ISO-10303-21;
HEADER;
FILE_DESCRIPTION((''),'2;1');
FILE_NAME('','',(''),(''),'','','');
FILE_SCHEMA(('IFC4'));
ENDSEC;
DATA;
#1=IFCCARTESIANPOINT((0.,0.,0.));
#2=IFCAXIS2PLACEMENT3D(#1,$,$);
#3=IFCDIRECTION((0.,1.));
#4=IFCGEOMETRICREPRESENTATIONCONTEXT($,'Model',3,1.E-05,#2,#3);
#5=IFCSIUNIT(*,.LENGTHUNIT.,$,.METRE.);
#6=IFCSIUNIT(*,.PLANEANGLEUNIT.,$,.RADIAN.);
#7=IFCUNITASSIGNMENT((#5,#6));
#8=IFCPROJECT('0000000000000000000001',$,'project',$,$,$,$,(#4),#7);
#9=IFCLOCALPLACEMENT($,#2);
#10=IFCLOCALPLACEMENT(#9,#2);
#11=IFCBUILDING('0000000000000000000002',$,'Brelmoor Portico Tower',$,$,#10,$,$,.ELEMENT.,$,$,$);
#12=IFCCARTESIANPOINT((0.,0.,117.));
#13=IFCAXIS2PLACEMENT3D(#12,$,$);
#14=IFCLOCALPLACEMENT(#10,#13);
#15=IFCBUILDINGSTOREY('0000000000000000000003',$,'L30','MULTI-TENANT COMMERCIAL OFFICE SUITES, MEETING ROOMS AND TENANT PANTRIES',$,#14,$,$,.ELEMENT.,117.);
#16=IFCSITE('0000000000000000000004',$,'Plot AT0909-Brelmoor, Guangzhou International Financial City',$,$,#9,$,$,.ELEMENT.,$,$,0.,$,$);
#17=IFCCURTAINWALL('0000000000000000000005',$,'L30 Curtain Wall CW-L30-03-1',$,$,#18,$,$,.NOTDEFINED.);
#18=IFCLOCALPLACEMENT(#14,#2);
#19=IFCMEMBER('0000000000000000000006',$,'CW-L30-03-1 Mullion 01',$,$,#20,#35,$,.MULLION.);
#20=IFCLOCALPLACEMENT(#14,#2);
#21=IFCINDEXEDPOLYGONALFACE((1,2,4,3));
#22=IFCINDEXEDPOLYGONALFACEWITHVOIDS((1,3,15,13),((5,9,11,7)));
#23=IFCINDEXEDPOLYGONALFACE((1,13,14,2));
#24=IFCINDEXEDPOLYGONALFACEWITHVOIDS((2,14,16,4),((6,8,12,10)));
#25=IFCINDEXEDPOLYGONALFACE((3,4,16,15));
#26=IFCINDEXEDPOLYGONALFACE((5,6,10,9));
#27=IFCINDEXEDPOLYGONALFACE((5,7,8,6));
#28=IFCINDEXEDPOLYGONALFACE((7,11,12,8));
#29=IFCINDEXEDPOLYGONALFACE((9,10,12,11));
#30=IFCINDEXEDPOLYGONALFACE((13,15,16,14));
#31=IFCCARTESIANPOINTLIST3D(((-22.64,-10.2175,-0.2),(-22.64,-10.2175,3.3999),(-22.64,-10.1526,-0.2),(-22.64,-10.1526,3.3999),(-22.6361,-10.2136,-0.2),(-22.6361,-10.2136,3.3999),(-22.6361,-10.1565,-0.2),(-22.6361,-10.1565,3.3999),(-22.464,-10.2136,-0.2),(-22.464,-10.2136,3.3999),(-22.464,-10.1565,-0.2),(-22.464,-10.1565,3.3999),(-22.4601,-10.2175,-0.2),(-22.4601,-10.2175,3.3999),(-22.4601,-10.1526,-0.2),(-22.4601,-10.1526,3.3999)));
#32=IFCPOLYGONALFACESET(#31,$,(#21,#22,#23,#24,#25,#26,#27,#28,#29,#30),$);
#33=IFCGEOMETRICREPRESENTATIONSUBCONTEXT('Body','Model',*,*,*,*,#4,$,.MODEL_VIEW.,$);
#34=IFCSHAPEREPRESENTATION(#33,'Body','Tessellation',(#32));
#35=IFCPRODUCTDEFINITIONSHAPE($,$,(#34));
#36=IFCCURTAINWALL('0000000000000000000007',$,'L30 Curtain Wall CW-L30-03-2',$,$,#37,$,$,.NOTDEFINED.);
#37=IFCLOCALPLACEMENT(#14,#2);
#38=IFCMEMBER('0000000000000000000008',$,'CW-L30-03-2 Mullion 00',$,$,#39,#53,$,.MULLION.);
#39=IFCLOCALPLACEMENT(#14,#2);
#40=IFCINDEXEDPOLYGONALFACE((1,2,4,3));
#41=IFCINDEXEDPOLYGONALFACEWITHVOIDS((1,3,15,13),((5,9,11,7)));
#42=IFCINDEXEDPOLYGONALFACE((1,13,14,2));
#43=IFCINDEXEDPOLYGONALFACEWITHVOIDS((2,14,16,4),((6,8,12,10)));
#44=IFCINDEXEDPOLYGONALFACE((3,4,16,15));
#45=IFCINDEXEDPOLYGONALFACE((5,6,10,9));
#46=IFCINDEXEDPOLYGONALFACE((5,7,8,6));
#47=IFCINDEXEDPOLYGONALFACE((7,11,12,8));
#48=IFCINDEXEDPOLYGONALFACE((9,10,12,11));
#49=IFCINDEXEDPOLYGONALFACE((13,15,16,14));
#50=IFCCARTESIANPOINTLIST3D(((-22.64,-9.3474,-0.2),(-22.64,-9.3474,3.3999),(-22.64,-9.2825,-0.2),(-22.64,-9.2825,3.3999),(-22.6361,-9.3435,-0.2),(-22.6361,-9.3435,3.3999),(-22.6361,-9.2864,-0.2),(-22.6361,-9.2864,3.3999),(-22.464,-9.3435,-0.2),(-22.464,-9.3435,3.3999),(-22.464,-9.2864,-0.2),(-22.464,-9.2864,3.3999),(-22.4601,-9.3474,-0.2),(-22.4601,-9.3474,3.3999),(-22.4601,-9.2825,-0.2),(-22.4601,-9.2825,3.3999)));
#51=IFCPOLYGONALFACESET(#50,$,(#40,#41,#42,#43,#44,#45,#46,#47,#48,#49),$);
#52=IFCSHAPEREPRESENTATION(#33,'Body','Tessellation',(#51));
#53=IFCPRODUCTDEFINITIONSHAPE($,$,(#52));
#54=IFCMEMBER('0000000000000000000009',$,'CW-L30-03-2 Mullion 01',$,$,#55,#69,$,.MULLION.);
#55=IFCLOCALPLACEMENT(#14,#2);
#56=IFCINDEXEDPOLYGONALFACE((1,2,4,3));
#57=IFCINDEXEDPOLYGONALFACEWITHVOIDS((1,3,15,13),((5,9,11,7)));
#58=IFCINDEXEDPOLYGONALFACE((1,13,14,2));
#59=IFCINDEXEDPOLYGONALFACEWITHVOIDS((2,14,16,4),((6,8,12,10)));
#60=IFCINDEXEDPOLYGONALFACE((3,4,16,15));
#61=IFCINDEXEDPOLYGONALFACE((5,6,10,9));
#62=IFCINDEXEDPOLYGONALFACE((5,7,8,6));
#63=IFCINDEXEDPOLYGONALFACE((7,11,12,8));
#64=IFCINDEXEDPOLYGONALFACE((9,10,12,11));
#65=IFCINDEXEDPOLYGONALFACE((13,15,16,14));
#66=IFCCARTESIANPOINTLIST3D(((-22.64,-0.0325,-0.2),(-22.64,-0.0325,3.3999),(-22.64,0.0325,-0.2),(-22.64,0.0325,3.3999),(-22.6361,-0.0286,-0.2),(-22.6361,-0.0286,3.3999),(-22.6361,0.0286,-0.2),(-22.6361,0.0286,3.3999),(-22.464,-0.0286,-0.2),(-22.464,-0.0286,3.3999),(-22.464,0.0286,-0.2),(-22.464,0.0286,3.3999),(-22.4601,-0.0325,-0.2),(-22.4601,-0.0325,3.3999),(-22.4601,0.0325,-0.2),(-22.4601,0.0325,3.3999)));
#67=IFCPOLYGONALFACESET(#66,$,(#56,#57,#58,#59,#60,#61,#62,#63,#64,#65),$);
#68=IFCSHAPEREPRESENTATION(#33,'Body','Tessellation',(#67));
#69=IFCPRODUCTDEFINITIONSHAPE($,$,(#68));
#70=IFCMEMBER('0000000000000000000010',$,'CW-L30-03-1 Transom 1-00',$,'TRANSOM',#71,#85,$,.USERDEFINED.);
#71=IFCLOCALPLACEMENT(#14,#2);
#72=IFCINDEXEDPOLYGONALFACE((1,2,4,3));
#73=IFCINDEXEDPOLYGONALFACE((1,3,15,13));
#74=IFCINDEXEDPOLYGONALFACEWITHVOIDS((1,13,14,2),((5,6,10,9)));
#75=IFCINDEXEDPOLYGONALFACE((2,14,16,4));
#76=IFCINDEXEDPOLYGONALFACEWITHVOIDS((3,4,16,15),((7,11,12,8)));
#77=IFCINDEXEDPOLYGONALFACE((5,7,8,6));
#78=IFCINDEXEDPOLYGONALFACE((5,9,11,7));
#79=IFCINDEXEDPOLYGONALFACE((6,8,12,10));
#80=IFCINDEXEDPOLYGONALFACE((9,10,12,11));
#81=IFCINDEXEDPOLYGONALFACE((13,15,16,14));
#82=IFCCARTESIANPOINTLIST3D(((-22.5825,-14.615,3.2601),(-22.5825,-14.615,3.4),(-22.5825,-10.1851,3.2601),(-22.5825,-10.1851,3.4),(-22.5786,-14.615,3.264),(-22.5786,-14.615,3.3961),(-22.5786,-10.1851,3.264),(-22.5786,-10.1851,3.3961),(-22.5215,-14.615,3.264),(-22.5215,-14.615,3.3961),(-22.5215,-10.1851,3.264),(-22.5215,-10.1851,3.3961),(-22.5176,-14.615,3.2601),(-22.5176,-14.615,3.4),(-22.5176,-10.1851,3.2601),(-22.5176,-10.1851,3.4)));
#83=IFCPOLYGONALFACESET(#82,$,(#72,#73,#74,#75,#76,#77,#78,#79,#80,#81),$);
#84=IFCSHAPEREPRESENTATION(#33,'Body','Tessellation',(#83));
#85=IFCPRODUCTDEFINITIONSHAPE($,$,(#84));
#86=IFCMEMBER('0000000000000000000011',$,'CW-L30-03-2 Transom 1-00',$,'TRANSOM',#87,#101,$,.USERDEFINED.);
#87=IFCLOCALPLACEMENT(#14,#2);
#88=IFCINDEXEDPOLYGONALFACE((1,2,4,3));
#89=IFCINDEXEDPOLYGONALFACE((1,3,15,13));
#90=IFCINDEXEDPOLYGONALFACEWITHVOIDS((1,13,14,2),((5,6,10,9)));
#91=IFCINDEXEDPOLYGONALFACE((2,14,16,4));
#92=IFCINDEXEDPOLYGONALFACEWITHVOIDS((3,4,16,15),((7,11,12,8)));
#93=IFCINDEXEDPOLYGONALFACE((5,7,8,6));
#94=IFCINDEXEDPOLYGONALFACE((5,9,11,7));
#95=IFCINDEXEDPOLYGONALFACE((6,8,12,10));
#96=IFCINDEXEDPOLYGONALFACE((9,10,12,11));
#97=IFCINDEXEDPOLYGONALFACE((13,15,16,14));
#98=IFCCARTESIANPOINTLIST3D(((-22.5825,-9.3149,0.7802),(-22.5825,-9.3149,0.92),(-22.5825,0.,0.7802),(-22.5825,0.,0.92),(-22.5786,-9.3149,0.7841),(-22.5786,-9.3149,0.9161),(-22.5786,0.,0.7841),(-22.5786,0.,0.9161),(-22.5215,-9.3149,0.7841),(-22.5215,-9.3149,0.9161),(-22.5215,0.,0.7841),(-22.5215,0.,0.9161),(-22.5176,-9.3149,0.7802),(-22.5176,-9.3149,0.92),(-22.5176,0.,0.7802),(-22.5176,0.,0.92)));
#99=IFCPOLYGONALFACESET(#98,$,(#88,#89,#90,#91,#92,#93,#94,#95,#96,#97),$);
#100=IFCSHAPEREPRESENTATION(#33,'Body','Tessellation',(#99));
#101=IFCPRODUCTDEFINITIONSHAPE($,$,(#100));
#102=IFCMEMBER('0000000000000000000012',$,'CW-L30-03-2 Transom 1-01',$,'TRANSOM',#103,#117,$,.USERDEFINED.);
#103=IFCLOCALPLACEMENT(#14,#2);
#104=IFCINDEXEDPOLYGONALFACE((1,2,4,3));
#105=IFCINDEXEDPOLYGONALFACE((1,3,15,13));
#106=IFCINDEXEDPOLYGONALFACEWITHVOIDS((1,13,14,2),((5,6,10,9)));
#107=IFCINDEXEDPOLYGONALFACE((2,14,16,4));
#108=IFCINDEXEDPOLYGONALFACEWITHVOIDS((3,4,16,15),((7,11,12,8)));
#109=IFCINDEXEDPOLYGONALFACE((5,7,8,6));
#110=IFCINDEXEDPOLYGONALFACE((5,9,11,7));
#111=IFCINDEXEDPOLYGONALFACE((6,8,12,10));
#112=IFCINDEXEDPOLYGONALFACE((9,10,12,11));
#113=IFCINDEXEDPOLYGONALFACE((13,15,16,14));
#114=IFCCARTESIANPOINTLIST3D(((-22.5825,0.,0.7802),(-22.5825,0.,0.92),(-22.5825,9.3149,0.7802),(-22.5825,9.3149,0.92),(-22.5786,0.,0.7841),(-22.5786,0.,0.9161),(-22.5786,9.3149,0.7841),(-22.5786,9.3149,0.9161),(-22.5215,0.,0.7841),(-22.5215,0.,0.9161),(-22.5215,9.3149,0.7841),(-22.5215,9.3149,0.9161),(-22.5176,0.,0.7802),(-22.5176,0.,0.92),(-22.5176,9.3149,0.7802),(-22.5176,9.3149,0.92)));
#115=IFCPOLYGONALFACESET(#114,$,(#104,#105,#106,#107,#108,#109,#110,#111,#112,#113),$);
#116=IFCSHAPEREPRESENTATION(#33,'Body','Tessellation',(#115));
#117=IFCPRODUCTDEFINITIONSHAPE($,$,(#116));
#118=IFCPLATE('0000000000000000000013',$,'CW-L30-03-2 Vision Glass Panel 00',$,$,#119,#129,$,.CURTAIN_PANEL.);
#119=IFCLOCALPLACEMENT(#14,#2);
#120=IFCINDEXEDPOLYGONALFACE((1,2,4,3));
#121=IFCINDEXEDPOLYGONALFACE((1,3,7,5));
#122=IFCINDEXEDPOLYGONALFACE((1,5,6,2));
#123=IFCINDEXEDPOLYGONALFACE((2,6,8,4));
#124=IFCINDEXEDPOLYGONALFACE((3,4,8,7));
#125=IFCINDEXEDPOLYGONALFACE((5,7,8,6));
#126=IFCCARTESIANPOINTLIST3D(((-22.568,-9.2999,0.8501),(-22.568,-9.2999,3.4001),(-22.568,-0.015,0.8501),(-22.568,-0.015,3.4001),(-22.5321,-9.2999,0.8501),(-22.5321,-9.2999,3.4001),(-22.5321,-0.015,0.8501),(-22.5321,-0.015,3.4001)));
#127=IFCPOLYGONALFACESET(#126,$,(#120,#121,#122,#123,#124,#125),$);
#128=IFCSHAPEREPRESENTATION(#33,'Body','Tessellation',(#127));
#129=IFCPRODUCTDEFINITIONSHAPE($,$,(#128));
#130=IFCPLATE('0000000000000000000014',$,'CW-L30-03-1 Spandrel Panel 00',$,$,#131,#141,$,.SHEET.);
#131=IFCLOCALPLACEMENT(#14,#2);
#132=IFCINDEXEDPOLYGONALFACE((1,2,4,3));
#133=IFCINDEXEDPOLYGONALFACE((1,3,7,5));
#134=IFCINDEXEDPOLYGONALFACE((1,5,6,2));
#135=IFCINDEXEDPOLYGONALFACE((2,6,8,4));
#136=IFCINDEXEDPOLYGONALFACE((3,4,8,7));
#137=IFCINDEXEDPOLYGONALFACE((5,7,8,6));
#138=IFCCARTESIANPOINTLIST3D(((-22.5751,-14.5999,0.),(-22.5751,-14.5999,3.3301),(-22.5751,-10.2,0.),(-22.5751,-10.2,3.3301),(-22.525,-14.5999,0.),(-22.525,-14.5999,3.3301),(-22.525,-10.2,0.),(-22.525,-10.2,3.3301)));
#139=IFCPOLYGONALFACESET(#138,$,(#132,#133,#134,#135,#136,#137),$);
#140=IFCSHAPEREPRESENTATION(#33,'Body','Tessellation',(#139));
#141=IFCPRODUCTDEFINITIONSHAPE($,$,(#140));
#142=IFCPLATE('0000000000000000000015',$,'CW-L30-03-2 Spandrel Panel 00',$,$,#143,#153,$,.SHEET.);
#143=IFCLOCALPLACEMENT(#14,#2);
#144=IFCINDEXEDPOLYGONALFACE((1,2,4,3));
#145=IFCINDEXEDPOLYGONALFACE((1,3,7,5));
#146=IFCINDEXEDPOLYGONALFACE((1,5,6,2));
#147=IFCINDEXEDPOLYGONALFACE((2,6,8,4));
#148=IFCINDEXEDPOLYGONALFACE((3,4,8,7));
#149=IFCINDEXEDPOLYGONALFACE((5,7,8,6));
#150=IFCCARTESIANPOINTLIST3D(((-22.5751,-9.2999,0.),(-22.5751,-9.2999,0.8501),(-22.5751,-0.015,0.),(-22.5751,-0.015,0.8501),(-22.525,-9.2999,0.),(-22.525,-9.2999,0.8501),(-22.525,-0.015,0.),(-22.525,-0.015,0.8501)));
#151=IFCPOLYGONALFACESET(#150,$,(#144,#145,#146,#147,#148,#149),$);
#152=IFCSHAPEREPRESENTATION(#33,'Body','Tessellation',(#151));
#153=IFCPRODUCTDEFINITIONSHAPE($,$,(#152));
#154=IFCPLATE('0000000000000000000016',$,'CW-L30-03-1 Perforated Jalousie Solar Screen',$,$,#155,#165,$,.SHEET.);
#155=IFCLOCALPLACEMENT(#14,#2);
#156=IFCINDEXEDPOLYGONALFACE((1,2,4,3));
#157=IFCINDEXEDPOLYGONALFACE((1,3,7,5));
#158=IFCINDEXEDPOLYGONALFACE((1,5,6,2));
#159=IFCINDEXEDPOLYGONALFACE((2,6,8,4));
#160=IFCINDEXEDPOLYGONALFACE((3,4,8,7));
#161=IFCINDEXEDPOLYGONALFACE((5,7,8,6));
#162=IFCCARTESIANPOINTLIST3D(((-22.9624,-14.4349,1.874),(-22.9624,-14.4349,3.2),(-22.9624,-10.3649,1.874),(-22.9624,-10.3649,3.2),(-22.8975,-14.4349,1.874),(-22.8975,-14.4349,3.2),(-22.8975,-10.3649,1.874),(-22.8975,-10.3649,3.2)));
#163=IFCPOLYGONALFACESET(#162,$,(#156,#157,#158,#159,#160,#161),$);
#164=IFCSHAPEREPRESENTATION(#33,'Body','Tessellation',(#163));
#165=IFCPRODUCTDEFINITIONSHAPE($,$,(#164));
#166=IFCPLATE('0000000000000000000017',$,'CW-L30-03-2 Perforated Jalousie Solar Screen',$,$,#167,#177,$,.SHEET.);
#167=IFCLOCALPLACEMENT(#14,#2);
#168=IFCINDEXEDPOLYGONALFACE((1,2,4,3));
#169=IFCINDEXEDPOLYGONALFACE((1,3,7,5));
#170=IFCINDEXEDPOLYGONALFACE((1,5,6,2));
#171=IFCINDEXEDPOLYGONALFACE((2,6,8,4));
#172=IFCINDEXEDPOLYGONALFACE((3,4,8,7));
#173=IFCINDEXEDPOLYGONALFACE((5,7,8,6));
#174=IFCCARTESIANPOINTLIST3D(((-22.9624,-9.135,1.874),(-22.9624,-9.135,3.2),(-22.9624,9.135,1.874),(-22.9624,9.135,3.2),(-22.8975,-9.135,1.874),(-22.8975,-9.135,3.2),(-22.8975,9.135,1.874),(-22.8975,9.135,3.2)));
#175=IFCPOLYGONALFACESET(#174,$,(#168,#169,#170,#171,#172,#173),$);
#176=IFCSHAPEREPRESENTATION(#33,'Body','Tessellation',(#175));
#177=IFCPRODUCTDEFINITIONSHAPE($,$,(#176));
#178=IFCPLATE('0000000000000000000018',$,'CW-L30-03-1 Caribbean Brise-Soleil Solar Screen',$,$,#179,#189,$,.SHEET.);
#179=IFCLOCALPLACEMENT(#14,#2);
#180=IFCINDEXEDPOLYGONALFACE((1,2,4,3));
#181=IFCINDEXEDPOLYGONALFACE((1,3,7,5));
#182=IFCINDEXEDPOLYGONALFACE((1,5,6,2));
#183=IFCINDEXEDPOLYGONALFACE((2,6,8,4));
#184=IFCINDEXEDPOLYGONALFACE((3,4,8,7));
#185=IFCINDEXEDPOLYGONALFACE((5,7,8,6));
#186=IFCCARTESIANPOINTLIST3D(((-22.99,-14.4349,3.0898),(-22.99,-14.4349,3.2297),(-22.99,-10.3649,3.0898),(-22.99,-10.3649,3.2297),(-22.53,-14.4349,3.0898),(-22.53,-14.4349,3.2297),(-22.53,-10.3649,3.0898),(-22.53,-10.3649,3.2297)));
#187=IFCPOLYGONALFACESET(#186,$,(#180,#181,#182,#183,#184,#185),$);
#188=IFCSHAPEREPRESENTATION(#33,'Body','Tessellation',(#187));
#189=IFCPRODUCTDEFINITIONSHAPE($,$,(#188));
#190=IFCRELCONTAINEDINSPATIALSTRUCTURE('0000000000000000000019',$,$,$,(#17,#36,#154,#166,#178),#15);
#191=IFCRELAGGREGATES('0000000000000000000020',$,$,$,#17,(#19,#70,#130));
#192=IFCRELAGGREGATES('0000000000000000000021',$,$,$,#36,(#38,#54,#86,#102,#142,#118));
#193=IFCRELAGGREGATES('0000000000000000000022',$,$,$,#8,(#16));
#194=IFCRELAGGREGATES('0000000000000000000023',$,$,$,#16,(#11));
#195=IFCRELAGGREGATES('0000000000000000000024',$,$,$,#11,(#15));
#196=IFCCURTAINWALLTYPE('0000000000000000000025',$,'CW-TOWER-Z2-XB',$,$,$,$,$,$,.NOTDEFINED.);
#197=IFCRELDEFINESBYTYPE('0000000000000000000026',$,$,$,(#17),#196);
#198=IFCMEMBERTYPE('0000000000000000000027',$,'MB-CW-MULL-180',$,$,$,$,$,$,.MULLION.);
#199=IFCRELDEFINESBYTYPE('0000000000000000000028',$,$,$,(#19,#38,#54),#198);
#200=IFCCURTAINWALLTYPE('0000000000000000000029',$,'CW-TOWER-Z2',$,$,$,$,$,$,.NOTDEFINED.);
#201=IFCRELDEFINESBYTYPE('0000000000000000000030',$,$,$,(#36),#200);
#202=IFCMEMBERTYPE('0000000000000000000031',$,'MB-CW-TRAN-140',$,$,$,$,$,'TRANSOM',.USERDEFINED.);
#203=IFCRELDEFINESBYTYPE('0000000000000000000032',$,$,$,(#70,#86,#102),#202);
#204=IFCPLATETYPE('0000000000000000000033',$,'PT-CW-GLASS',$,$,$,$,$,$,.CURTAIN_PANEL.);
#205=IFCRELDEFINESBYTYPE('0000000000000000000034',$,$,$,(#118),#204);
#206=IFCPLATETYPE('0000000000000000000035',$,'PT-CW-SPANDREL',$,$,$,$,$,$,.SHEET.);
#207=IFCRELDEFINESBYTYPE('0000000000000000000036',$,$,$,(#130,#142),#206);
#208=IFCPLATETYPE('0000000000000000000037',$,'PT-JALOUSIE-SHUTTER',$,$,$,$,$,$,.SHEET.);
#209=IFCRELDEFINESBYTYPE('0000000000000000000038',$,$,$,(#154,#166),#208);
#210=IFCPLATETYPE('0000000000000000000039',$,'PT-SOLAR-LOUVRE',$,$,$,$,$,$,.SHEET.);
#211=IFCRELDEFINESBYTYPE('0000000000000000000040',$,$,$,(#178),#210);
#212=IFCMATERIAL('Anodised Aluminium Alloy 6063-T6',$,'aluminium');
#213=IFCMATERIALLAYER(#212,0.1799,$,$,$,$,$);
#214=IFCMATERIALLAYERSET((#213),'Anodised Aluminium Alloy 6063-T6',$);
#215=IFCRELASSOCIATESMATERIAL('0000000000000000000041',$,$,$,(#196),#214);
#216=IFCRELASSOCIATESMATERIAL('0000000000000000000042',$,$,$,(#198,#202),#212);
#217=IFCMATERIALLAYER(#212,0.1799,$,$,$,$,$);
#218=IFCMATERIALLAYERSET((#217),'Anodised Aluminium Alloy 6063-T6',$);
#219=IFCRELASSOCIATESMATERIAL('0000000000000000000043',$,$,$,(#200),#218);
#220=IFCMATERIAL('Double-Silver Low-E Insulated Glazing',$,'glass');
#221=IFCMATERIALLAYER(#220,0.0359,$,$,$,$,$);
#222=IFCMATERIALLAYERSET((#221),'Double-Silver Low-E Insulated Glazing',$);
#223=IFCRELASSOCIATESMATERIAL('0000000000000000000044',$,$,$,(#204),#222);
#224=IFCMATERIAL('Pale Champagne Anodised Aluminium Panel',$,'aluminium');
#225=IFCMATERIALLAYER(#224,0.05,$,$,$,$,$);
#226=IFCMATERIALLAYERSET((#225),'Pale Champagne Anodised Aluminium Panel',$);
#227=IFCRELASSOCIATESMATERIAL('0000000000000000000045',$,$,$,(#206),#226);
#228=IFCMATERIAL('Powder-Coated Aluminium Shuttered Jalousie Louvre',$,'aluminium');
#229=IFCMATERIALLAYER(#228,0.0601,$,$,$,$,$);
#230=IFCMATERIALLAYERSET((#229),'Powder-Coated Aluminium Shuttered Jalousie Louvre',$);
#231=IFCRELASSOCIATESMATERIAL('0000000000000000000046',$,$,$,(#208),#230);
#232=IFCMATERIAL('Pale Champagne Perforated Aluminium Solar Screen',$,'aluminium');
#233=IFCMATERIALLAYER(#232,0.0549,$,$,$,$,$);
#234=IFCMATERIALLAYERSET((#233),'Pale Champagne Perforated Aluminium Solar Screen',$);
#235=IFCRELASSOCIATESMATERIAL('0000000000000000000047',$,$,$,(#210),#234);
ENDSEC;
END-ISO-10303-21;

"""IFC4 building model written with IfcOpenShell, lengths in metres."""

from ifc_helpers import new_model, si_unit, direction, frame, origin, origin_2d, place, context, subcontext, project, spatial, rectangle, hollow_rectangle, extrude, material, layer, layer_set, material_profile, profile_set, type_object, element, aggregate, save


model = new_model("IFC4")

# Units and contexts
model_context = context("Model", 3, precision=1e-05, world=origin(), true_north=direction((0.0, 1.0)))
body_context = subcontext(model_context, "Body", "Model", "MODEL_VIEW")
ifc_project = project(units=[si_unit("LENGTHUNIT", "METRE"), si_unit("PLANEANGLEUNIT", "RADIAN")], contexts=[model_context])

# Site, building, storey
site_placement = place(None, origin())
site = spatial("IfcSite", under=ifc_project, at=site_placement, Name="Plot AT0909-Brelmoor, Guangzhou International Financial City", CompositionType="ELEMENT", RefElevation=0.0)
building_placement = place(site_placement, origin())
building = spatial("IfcBuilding", under=site, at=building_placement, Name="Brelmoor Portico Tower", CompositionType="ELEMENT")
storey_placement = place(building_placement, frame((0.0, 0.0, 117.0)))
storey = spatial("IfcBuildingStorey", under=building, at=storey_placement, Name="L30", Description="MULTI-TENANT COMMERCIAL OFFICE SUITES, MEETING ROOMS AND TENANT PANTRIES", CompositionType="ELEMENT", Elevation=117.0)

# Shared definitions
ifc_material_1 = material(Name="Anodised Aluminium Alloy 6063-T6", Category="aluminium")

# Curtain walls, members
ifc_layer_1 = layer(ifc_material_1, 0.1799)
ifc_layer_set_1 = layer_set([ifc_layer_1], Name="Anodised Aluminium Alloy 6063-T6")
curtain_wall_type_1 = type_object("IfcCurtainWallType", Name="CW-TOWER-Z2-XB", PredefinedType="NOTDEFINED", material=ifc_layer_set_1)
curtain_wall_1_placement = place(storey_placement, origin())
curtain_wall_1 = element("IfcCurtainWall", 1, at=curtain_wall_1_placement, inside=storey, type_object=curtain_wall_type_1, Name="L30 Curtain Wall CW-L30-03-1", PredefinedType="NOTDEFINED")
ifc_material_profile_1 = material_profile(ifc_material_1, hollow_rectangle(XDim=0.0649, YDim=0.1799, WallThickness=0.0039, at=origin_2d()), Name="ALU MULLION 65x180")
ifc_profile_set_1 = profile_set([ifc_material_profile_1], Name="Anodised Aluminium Alloy 6063-T6")
member_type_1 = type_object("IfcMemberType", Name="MB-CW-MULL-180", PredefinedType="MULLION", material=ifc_profile_set_1)
member_1_placement = place(storey_placement, frame((-22.55, -10.1851, -0.2), z_axis=(0.0, 0.0, 1.0), x_axis=(0.0, 1.0, 0.0)))
member_1 = element("IfcMember", 2, at=member_1_placement, type_object=member_type_1, Name="CW-L30-03-1 Mullion 01", PredefinedType="MULLION", context=body_context, shape_type="SweptSolid", body=[
    extrude(hollow_rectangle(XDim=0.0649, YDim=0.1799, WallThickness=0.0039, at=origin_2d()), origin(), (0.0, 0.0, 1.0), 3.5999),
])
ifc_layer_2 = layer(ifc_material_1, 0.1799)
ifc_layer_set_2 = layer_set([ifc_layer_2], Name="Anodised Aluminium Alloy 6063-T6")
curtain_wall_type_2 = type_object("IfcCurtainWallType", Name="CW-TOWER-Z2", PredefinedType="NOTDEFINED", material=ifc_layer_set_2)
curtain_wall_2_placement = place(storey_placement, origin())
curtain_wall_2 = element("IfcCurtainWall", 3, at=curtain_wall_2_placement, inside=storey, type_object=curtain_wall_type_2, Name="L30 Curtain Wall CW-L30-03-2", PredefinedType="NOTDEFINED")
member_2_placement = place(storey_placement, frame((-22.55, -9.3149, -0.2), z_axis=(0.0, 0.0, 1.0), x_axis=(0.0, 1.0, 0.0)))
member_2 = element("IfcMember", 4, at=member_2_placement, type_object=member_type_1, Name="CW-L30-03-2 Mullion 00", PredefinedType="MULLION", context=body_context, shape_type="SweptSolid", body=[
    extrude(hollow_rectangle(XDim=0.0649, YDim=0.1799, WallThickness=0.0039, at=origin_2d()), origin(), (0.0, 0.0, 1.0), 3.5999),
])
member_3_placement = place(storey_placement, frame((-22.55, 0.0, -0.2), z_axis=(0.0, 0.0, 1.0), x_axis=(0.0, 1.0, 0.0)))
member_3 = element("IfcMember", 5, at=member_3_placement, type_object=member_type_1, Name="CW-L30-03-2 Mullion 01", PredefinedType="MULLION", context=body_context, shape_type="SweptSolid", body=[
    extrude(hollow_rectangle(XDim=0.0649, YDim=0.1799, WallThickness=0.0039, at=origin_2d()), origin(), (0.0, 0.0, 1.0), 3.5999),
])

# Members
ifc_material_profile_2 = material_profile(ifc_material_1, hollow_rectangle(XDim=0.0649, YDim=0.1399, WallThickness=0.0039, at=origin_2d()), Name="ALU TRANSOM 65x140")
ifc_profile_set_2 = profile_set([ifc_material_profile_2], Name="Anodised Aluminium Alloy 6063-T6")
member_type_2 = type_object("IfcMemberType", Name="MB-CW-TRAN-140", ElementType="TRANSOM", PredefinedType="USERDEFINED", material=ifc_profile_set_2)
member_4_placement = place(storey_placement, frame((-22.55, -14.615, 3.3301), z_axis=(0.0, 1.0, 0.0), x_axis=(-1.0, 0.0, 0.0)))
member_4 = element("IfcMember", 6, at=member_4_placement, type_object=member_type_2, Name="CW-L30-03-1 Transom 1-00", ObjectType="TRANSOM", PredefinedType="USERDEFINED", context=body_context, shape_type="SweptSolid", body=[
    extrude(hollow_rectangle(XDim=0.0649, YDim=0.1399, WallThickness=0.0039, at=origin_2d()), origin(), (0.0, 0.0, 1.0), 4.4299),
])
member_5_placement = place(storey_placement, frame((-22.55, -9.3149, 0.8501), z_axis=(0.0, 1.0, 0.0), x_axis=(-1.0, 0.0, 0.0)))
member_5 = element("IfcMember", 7, at=member_5_placement, type_object=member_type_2, Name="CW-L30-03-2 Transom 1-00", ObjectType="TRANSOM", PredefinedType="USERDEFINED", context=body_context, shape_type="SweptSolid", body=[
    extrude(hollow_rectangle(XDim=0.0649, YDim=0.1399, WallThickness=0.0039, at=origin_2d()), origin(), (0.0, 0.0, 1.0), 9.3149),
])
member_6_placement = place(storey_placement, frame((-22.55, 0.0, 0.8501), z_axis=(0.0, 1.0, 0.0), x_axis=(-1.0, 0.0, 0.0)))
member_6 = element("IfcMember", 8, at=member_6_placement, type_object=member_type_2, Name="CW-L30-03-2 Transom 1-01", ObjectType="TRANSOM", PredefinedType="USERDEFINED", context=body_context, shape_type="SweptSolid", body=[
    extrude(hollow_rectangle(XDim=0.0649, YDim=0.1399, WallThickness=0.0039, at=origin_2d()), origin(), (0.0, 0.0, 1.0), 9.3149),
])

# Plates
ifc_material_2 = material(Name="Double-Silver Low-E Insulated Glazing", Category="glass")
ifc_layer_3 = layer(ifc_material_2, 0.0359)
ifc_layer_set_3 = layer_set([ifc_layer_3], Name="Double-Silver Low-E Insulated Glazing")
plate_type_1 = type_object("IfcPlateType", Name="PT-CW-GLASS", PredefinedType="CURTAIN_PANEL", material=ifc_layer_set_3)
plate_1_placement = place(storey_placement, frame((-22.55, -4.6575, 0.8501), z_axis=(0.0, 0.0, 1.0), x_axis=(0.0, 1.0, 0.0)))
plate_1 = element("IfcPlate", 9, at=plate_1_placement, type_object=plate_type_1, Name="CW-L30-03-2 Vision Glass Panel 00", PredefinedType="CURTAIN_PANEL", context=body_context, shape_type="SweptSolid", body=[
    extrude(rectangle(XDim=9.2849, YDim=0.0359, at=origin_2d()), origin(), (0.0, 0.0, 1.0), 2.55),
])
ifc_material_3 = material(Name="Pale Champagne Anodised Aluminium Panel", Category="aluminium")
ifc_layer_4 = layer(ifc_material_3, 0.05)
ifc_layer_set_4 = layer_set([ifc_layer_4], Name="Pale Champagne Anodised Aluminium Panel")
plate_type_2 = type_object("IfcPlateType", Name="PT-CW-SPANDREL", PredefinedType="SHEET", material=ifc_layer_set_4)
plate_2_placement = place(storey_placement, frame((-22.55, -12.3999, 0.0), z_axis=(0.0, 0.0, 1.0), x_axis=(0.0, 1.0, 0.0)))
plate_2 = element("IfcPlate", 10, at=plate_2_placement, type_object=plate_type_2, Name="CW-L30-03-1 Spandrel Panel 00", PredefinedType="SHEET", context=body_context, shape_type="SweptSolid", body=[
    extrude(rectangle(XDim=4.3999, YDim=0.05, at=origin_2d()), origin(), (0.0, 0.0, 1.0), 3.3301),
])
aggregate(curtain_wall_1, [member_1, member_4, plate_2])
plate_3_placement = place(storey_placement, frame((-22.55, -4.6575, 0.0), z_axis=(0.0, 0.0, 1.0), x_axis=(0.0, 1.0, 0.0)))
plate_3 = element("IfcPlate", 11, at=plate_3_placement, type_object=plate_type_2, Name="CW-L30-03-2 Spandrel Panel 00", PredefinedType="SHEET", context=body_context, shape_type="SweptSolid", body=[
    extrude(rectangle(XDim=9.2849, YDim=0.05, at=origin_2d()), origin(), (0.0, 0.0, 1.0), 0.8501),
])
aggregate(curtain_wall_2, [member_2, member_3, member_5, member_6, plate_3, plate_1])

# Plates
ifc_material_4 = material(Name="Powder-Coated Aluminium Shuttered Jalousie Louvre", Category="aluminium")
ifc_layer_5 = layer(ifc_material_4, 0.0601)
ifc_layer_set_5 = layer_set([ifc_layer_5], Name="Powder-Coated Aluminium Shuttered Jalousie Louvre")
plate_type_3 = type_object("IfcPlateType", Name="PT-JALOUSIE-SHUTTER", PredefinedType="SHEET", material=ifc_layer_set_5)
plate_4_placement = place(storey_placement, frame((-22.9299, -12.3999, 1.874), z_axis=(0.0, 0.0, 1.0), x_axis=(0.0, 1.0, 0.0)))
element("IfcPlate", 12, at=plate_4_placement, inside=storey, type_object=plate_type_3, Name="CW-L30-03-1 Perforated Jalousie Solar Screen", PredefinedType="SHEET", context=body_context, shape_type="SweptSolid", body=[
    extrude(rectangle(XDim=4.0701, YDim=0.0649, at=origin_2d()), origin(), (0.0, 0.0, 1.0), 1.3259),
])
plate_5_placement = place(storey_placement, frame((-22.9299, 0.0, 1.874), z_axis=(0.0, 0.0, 1.0), x_axis=(0.0, 1.0, 0.0)))
element("IfcPlate", 13, at=plate_5_placement, inside=storey, type_object=plate_type_3, Name="CW-L30-03-2 Perforated Jalousie Solar Screen", PredefinedType="SHEET", context=body_context, shape_type="SweptSolid", body=[
    extrude(rectangle(XDim=18.27, YDim=0.0649, at=origin_2d()), origin(), (0.0, 0.0, 1.0), 1.3259),
])
ifc_material_5 = material(Name="Pale Champagne Perforated Aluminium Solar Screen", Category="aluminium")
ifc_layer_6 = layer(ifc_material_5, 0.0549)
ifc_layer_set_6 = layer_set([ifc_layer_6], Name="Pale Champagne Perforated Aluminium Solar Screen")
plate_type_4 = type_object("IfcPlateType", Name="PT-SOLAR-LOUVRE", PredefinedType="SHEET", material=ifc_layer_set_6)
plate_6_placement = place(storey_placement, frame((-22.76, -12.3999, 3.0898), z_axis=(0.0, 0.0, 1.0), x_axis=(0.0, 1.0, 0.0)))
element("IfcPlate", 14, at=plate_6_placement, inside=storey, type_object=plate_type_4, Name="CW-L30-03-1 Caribbean Brise-Soleil Solar Screen", PredefinedType="SHEET", context=body_context, shape_type="SweptSolid", body=[
    extrude(rectangle(XDim=4.0701, YDim=0.46, at=origin_2d()), origin(), (0.0, 0.0, 1.0), 0.1399),
])

save(model, "model.ifc")
